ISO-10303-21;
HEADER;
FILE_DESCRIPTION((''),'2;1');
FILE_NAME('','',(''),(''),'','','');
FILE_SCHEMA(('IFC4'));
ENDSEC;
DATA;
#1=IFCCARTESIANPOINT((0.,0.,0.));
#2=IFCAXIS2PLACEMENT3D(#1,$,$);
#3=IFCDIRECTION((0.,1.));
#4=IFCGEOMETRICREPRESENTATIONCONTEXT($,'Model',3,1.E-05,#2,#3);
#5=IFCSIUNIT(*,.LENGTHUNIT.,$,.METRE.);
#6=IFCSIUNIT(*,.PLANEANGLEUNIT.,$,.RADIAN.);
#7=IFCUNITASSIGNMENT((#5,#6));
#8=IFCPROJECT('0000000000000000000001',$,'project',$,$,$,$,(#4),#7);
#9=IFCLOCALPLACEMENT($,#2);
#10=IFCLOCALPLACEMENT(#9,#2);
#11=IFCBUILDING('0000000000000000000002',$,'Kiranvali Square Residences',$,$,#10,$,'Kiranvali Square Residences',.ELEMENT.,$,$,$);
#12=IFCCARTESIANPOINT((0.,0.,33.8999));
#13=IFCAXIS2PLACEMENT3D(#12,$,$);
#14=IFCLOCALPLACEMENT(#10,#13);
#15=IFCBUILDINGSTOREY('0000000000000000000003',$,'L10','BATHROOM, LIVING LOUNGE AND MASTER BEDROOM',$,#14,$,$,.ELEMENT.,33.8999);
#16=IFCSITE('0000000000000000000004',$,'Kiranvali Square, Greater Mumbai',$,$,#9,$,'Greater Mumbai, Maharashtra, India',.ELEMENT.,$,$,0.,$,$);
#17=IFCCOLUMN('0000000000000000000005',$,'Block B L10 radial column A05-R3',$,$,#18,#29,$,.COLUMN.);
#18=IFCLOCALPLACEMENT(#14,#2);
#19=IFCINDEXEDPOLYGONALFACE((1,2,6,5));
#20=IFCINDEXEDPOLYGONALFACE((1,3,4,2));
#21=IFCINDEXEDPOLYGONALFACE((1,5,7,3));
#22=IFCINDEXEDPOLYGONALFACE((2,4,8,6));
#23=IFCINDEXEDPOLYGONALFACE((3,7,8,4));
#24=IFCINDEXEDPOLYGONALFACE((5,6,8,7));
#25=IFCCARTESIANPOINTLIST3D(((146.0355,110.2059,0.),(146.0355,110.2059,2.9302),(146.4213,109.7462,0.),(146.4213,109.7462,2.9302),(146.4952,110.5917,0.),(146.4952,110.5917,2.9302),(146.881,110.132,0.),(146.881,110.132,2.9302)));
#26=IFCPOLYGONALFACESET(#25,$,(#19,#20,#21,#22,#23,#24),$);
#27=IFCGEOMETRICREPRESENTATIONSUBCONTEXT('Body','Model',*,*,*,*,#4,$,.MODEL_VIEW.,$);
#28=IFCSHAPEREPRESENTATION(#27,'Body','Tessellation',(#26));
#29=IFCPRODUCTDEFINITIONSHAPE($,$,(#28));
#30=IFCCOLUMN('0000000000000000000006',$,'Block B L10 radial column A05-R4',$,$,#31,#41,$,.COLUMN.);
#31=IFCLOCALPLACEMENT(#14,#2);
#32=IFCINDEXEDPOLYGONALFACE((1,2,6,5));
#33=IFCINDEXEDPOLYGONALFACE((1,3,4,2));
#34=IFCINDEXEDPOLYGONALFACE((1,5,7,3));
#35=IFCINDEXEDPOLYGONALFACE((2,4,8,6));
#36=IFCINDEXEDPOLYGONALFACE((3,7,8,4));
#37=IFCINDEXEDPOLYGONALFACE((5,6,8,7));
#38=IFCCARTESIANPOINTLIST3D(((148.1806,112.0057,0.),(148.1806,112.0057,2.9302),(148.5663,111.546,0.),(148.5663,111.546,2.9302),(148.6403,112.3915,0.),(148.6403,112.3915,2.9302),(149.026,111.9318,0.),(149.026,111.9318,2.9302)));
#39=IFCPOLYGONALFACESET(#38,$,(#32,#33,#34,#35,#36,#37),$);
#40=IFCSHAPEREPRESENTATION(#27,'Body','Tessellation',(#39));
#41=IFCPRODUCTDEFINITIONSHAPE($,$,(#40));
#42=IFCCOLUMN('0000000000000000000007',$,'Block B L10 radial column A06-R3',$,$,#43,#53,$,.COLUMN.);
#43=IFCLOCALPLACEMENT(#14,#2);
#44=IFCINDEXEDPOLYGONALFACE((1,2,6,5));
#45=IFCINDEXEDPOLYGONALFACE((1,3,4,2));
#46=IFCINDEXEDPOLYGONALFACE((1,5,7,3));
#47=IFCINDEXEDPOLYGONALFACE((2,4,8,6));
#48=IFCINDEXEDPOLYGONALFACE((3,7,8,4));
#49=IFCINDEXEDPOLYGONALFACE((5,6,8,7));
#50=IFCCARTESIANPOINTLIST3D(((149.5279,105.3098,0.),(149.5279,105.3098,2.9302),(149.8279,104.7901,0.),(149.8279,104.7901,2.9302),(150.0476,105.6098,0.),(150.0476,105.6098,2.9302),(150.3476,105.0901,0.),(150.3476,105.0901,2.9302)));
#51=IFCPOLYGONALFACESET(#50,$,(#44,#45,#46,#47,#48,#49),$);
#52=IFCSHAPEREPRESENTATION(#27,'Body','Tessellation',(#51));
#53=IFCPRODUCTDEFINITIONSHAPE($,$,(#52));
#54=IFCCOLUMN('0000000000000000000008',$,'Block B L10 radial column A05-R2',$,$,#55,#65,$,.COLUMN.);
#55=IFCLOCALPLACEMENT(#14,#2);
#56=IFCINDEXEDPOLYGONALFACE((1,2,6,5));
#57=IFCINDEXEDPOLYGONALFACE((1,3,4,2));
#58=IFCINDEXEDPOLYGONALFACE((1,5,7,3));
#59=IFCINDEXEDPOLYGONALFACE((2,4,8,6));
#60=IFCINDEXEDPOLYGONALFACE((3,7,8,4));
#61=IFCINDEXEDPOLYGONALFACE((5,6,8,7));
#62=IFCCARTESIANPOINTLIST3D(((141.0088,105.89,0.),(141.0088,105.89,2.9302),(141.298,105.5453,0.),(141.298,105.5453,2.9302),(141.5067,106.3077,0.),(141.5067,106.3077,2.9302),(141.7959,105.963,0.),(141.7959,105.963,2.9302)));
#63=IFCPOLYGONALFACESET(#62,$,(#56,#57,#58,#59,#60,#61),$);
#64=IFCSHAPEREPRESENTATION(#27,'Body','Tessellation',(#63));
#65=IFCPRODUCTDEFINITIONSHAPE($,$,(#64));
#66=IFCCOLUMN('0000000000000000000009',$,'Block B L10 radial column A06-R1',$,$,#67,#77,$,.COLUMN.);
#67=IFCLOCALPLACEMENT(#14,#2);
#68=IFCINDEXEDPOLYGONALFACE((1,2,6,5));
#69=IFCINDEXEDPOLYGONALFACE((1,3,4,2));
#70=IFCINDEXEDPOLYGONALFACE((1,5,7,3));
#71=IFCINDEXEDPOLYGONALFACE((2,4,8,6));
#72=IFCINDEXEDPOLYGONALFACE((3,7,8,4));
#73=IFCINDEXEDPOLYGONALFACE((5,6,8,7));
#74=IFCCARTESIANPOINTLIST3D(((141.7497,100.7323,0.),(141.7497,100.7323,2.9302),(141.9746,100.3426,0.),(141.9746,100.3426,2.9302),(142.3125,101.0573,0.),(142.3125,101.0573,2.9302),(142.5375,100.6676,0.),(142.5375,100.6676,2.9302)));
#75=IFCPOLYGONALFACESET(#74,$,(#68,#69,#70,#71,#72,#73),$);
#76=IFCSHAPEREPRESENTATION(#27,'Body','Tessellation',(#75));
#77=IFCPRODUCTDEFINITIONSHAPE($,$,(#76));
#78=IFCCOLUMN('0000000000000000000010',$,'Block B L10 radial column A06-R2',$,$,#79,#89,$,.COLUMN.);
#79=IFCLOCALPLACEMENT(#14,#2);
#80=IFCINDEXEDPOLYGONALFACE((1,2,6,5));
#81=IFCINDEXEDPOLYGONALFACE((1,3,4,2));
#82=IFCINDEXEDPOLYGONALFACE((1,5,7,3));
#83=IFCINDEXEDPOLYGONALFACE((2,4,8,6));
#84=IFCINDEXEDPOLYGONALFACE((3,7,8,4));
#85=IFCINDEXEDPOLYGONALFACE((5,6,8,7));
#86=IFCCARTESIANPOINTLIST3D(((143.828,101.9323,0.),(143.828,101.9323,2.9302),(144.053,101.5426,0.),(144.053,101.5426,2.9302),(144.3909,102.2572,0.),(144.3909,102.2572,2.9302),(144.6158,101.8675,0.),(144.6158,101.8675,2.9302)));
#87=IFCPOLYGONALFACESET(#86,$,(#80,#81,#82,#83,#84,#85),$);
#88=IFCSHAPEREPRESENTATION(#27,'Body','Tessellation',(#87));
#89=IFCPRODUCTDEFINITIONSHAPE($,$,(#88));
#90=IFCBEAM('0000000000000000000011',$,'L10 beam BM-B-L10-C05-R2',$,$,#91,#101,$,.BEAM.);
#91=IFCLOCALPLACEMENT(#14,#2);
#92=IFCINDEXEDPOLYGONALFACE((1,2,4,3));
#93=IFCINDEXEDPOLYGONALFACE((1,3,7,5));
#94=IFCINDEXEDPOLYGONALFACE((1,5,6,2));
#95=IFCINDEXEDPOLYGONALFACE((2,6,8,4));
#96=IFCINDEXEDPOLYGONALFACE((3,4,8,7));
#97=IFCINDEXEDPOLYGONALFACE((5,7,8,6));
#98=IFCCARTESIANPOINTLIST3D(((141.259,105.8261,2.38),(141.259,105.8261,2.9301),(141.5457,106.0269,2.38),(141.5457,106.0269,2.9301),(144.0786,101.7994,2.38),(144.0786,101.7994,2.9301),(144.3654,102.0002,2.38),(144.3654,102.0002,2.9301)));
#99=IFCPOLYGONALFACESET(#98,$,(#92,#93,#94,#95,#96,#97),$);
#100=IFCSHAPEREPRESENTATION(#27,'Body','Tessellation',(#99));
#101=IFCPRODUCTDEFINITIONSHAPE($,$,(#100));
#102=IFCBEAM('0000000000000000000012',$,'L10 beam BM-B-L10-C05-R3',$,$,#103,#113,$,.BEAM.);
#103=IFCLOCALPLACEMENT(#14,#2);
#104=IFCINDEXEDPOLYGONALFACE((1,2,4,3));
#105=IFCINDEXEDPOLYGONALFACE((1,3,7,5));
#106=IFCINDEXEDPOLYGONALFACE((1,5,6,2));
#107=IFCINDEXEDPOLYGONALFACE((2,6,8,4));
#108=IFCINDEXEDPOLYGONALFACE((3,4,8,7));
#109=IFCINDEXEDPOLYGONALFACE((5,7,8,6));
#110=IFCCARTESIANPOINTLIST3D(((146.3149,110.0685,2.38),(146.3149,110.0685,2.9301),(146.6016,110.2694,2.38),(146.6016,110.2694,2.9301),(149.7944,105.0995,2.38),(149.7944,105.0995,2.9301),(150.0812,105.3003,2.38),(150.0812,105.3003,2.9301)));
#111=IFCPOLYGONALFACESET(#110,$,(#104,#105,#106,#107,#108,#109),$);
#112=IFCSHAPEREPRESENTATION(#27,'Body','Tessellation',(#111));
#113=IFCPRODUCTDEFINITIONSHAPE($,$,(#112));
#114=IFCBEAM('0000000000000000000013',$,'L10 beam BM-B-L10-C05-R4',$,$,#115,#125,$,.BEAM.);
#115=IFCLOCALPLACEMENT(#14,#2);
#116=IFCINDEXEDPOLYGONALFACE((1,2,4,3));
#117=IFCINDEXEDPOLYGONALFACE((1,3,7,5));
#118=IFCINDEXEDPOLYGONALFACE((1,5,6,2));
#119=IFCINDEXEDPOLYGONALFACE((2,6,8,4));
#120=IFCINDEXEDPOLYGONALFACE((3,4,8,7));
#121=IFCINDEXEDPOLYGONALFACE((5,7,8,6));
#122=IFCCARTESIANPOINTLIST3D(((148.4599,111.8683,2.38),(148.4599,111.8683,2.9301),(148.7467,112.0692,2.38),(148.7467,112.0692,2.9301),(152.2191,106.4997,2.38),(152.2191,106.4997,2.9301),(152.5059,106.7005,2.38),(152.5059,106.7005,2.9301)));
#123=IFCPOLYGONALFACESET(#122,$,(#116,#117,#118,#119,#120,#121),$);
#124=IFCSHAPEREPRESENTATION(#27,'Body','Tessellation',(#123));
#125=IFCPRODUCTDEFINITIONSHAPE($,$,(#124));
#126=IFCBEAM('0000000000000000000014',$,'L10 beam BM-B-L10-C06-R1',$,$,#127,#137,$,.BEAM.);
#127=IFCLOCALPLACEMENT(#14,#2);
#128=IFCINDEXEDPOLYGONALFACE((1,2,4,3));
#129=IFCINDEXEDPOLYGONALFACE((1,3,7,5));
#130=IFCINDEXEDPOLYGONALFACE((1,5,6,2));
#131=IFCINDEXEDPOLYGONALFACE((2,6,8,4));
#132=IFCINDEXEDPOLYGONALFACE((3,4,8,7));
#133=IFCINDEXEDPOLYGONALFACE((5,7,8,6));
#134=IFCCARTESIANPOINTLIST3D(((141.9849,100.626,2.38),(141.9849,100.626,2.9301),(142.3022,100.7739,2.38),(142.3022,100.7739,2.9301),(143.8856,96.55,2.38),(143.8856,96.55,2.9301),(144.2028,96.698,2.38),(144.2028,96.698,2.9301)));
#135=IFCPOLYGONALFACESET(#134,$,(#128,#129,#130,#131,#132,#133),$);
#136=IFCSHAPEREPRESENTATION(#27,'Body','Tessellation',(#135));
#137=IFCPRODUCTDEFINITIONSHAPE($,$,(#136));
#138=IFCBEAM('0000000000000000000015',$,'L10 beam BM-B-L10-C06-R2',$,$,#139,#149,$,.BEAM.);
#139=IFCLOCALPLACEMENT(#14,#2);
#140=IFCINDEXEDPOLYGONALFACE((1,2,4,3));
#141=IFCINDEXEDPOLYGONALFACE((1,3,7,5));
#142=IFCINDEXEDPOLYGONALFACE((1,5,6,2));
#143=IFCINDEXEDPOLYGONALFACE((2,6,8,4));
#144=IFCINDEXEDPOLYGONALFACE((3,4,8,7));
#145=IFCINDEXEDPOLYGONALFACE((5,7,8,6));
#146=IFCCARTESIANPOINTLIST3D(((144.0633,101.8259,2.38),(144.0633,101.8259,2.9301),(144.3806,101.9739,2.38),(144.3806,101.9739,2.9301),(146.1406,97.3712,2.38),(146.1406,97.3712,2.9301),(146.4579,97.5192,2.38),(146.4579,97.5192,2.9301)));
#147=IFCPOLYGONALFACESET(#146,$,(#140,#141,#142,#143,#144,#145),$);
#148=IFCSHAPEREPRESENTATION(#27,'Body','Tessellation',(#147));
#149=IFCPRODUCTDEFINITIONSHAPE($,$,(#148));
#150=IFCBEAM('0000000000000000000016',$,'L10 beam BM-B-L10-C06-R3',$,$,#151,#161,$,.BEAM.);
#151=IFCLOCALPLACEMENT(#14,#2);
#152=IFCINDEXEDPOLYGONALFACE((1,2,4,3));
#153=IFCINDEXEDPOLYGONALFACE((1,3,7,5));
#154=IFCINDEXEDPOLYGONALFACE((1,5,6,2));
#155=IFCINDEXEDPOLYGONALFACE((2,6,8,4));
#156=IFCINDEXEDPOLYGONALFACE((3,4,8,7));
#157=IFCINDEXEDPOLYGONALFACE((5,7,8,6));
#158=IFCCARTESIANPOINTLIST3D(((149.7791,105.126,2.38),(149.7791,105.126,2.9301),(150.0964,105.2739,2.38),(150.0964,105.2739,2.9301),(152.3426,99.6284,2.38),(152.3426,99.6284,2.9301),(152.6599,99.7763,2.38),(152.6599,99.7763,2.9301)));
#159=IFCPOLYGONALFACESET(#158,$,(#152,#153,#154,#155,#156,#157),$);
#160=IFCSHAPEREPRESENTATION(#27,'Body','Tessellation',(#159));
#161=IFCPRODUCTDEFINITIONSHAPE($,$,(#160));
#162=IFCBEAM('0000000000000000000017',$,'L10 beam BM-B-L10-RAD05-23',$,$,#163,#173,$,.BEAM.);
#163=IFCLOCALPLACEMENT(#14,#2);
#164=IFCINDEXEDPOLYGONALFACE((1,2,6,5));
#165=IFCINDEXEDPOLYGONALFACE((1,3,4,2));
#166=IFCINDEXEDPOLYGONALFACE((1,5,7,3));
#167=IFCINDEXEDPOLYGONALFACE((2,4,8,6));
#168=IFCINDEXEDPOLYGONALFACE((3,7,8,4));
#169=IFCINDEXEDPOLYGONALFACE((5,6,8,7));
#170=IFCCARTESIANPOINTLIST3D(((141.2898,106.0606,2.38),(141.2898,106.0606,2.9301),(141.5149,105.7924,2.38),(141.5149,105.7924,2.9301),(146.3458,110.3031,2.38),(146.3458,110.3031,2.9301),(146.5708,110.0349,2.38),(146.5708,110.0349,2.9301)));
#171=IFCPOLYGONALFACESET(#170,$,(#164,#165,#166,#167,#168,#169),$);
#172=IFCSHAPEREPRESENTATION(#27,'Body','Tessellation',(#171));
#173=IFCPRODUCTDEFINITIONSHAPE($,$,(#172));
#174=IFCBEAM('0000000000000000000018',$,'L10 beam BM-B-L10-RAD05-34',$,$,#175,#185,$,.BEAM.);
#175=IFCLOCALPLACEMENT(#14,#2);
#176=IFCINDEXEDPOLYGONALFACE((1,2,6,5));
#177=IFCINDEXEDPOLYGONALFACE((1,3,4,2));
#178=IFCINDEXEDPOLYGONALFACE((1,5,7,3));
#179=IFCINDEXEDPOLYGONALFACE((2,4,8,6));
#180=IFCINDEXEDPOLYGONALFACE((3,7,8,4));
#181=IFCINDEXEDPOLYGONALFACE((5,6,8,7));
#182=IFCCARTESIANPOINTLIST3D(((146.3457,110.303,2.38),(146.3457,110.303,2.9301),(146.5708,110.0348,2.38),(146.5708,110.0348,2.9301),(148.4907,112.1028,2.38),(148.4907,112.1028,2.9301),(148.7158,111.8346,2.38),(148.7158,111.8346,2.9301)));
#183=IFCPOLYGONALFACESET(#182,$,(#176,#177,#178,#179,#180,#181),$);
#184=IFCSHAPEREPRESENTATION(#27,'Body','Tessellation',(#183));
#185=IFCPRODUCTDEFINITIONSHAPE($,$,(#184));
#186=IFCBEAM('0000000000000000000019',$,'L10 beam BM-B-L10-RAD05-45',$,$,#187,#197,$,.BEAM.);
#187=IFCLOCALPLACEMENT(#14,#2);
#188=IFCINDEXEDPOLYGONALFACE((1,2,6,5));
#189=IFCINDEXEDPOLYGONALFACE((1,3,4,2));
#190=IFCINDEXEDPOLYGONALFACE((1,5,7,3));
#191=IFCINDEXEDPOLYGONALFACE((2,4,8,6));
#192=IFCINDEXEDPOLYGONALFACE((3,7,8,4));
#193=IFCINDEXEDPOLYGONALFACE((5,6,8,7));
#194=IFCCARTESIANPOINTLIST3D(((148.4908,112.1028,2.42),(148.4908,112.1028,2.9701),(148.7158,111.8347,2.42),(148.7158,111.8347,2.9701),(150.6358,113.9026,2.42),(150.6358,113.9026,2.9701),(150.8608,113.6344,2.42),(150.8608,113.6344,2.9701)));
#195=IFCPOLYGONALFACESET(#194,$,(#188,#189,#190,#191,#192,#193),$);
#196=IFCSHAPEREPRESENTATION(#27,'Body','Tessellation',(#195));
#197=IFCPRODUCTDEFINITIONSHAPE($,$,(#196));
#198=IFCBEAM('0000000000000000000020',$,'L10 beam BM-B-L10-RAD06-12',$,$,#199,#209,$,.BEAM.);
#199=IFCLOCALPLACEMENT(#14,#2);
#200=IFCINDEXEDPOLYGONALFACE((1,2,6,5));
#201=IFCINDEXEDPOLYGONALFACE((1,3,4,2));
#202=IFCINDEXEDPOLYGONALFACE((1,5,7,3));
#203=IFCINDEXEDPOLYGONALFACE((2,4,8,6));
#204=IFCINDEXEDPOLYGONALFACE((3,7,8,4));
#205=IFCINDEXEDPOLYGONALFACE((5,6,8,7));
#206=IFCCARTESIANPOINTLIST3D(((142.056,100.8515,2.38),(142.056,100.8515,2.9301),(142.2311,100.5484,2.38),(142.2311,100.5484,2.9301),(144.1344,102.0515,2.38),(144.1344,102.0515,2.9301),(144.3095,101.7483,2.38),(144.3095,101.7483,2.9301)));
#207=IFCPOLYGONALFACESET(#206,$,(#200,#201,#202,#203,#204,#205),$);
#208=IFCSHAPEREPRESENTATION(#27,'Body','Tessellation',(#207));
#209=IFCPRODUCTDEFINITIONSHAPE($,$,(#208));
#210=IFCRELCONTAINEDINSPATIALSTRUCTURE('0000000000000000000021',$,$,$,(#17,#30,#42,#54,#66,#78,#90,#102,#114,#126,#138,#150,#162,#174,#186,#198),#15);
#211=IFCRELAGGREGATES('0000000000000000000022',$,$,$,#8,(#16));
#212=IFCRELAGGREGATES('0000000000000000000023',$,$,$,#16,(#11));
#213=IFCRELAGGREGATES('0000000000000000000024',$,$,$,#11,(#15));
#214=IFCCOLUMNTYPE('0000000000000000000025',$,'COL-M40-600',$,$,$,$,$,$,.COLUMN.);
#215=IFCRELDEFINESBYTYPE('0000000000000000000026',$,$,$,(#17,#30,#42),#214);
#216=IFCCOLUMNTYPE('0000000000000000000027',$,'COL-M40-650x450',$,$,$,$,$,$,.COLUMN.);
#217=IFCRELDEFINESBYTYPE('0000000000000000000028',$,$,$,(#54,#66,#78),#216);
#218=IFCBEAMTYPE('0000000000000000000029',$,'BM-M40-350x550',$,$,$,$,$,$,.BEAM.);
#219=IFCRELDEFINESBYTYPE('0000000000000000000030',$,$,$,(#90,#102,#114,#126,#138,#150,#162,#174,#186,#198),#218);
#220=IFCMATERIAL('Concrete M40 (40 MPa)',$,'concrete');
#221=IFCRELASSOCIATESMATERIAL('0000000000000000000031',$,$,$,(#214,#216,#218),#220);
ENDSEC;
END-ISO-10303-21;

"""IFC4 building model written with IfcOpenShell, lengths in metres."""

from ifc_helpers import new_model, si_unit, direction, frame, origin, origin_2d, place, context, subcontext, project, spatial, rectangle, extrude, material, material_profile, profile_set, type_object, element, save


model = new_model("IFC4")

# Units and contexts
model_context = context("Model", 3, precision=1e-05, world=origin(), true_north=direction((0.0, 1.0)))
body_context = subcontext(model_context, "Body", "Model", "MODEL_VIEW")
ifc_project = project(units=[si_unit("LENGTHUNIT", "METRE"), si_unit("PLANEANGLEUNIT", "RADIAN")], contexts=[model_context])

# Site, building, storey
site_placement = place(None, origin())
site = spatial("IfcSite", under=ifc_project, at=site_placement, Name="Kiranvali Square, Greater Mumbai", LongName="Greater Mumbai, Maharashtra, India", CompositionType="ELEMENT", RefElevation=0.0)
building_placement = place(site_placement, origin())
building = spatial("IfcBuilding", under=site, at=building_placement, Name="Kiranvali Square Residences", LongName="Kiranvali Square Residences", CompositionType="ELEMENT")
storey_placement = place(building_placement, frame((0.0, 0.0, 33.8999)))
storey = spatial("IfcBuildingStorey", under=building, at=storey_placement, Name="L10", Description="BATHROOM, LIVING LOUNGE AND MASTER BEDROOM", CompositionType="ELEMENT", Elevation=33.8999)

# Columns
ifc_material_1 = material(Name="Concrete M40 (40 MPa)", Category="concrete")
ifc_material_profile_1 = material_profile(ifc_material_1, rectangle(XDim=0.6001, YDim=0.6001, at=origin_2d()), Name="RC 600x600")
ifc_profile_set_1 = profile_set([ifc_material_profile_1], Name="Concrete M40 (40 MPa)")
column_type_1 = type_object("IfcColumnType", Name="COL-M40-600", PredefinedType="COLUMN", material=ifc_profile_set_1)
for number, where, z_axis, x_axis, name in (
    (1, (146.4583, 110.1689, 0.0), (0.0, 0.0, 1.0), (-0.642788, 0.766044, 0.0), "Block B L10 radial column A05-R3"),
    (2, (148.6033, 111.9688, 0.0), (0.0, 0.0, 1.0), (-0.642788, 0.766044, 0.0), "Block B L10 radial column A05-R4"),
    (3, (149.9377, 105.2, 0.0), (0.0, 0.0, 1.0), (-0.5, 0.866025, 0.0), "Block B L10 radial column A06-R3"),
):
    element("IfcColumn", number, at=place(storey_placement, frame(where, z_axis=z_axis, x_axis=x_axis)), inside=storey, type_object=column_type_1, Name=name, PredefinedType="COLUMN", context=body_context, shape_type="SweptSolid", body=[
        extrude(rectangle(XDim=0.6001, YDim=0.6001, at=origin_2d()), origin(), (0.0, 0.0, 1.0), 2.9302),
    ])
ifc_material_profile_2 = material_profile(ifc_material_1, rectangle(XDim=0.45, YDim=0.6499, at=origin_2d()), Name="RC 650x450")
ifc_profile_set_2 = profile_set([ifc_material_profile_2], Name="Concrete M40 (40 MPa)")
column_type_2 = type_object("IfcColumnType", Name="COL-M40-650x450", PredefinedType="COLUMN", material=ifc_profile_set_2)
for number, where, z_axis, x_axis, name in (
    (4, (141.4023, 105.9265, 0.0), (0.0, 0.0, 1.0), (-0.642788, 0.766044, 0.0), "Block B L10 radial column A05-R2"),
    (5, (142.1436, 100.7, 0.0), (0.0, 0.0, 1.0), (-0.5, 0.866025, 0.0), "Block B L10 radial column A06-R1"),
    (6, (144.2219, 101.8999, 0.0), (0.0, 0.0, 1.0), (-0.5, 0.866025, 0.0), "Block B L10 radial column A06-R2"),
):
    element("IfcColumn", number, at=place(storey_placement, frame(where, z_axis=z_axis, x_axis=x_axis)), inside=storey, type_object=column_type_2, Name=name, PredefinedType="COLUMN", context=body_context, shape_type="SweptSolid", body=[
        extrude(rectangle(XDim=0.45, YDim=0.6499, at=origin_2d()), origin(), (0.0, 0.0, 1.0), 2.9302),
    ])

# Beams
ifc_material_profile_3 = material_profile(ifc_material_1, rectangle(XDim=0.3501, YDim=0.55, at=origin_2d()), Name="RC 350x550")
ifc_profile_set_3 = profile_set([ifc_material_profile_3], Name="Concrete M40 (40 MPa)")
beam_type = type_object("IfcBeamType", Name="BM-M40-350x550", PredefinedType="BEAM", material=ifc_profile_set_3)
beam_1_placement = place(storey_placement, frame((141.4023, 105.9265, 2.655), z_axis=(0.573592, -0.819141, 0.0), x_axis=(0.819141, 0.573592, 0.0)))
element("IfcBeam", 7, at=beam_1_placement, inside=storey, type_object=beam_type, Name="L10 beam BM-B-L10-C05-R2", PredefinedType="BEAM", context=body_context, shape_type="SweptSolid", body=[
    extrude(rectangle(XDim=0.3501, YDim=0.55, at=origin_2d()), origin(), (0.0, 0.0, 1.0), 4.9158),
])
beam_2_placement = place(storey_placement, frame((146.4583, 110.1689, 2.655), z_axis=(0.573595, -0.819139, 0.0), x_axis=(0.819139, 0.573595, 0.0)))
element("IfcBeam", 8, at=beam_2_placement, inside=storey, type_object=beam_type, Name="L10 beam BM-B-L10-C05-R3", PredefinedType="BEAM", context=body_context, shape_type="SweptSolid", body=[
    extrude(rectangle(XDim=0.3501, YDim=0.55, at=origin_2d()), origin(), (0.0, 0.0, 1.0), 6.0662),
])
beam_3_placement = place(storey_placement, frame((148.6033, 111.9688, 2.655), z_axis=(0.573587, -0.819144, 0.0), x_axis=(0.819144, 0.573587, 0.0)))
element("IfcBeam", 9, at=beam_3_placement, inside=storey, type_object=beam_type, Name="L10 beam BM-B-L10-C05-R4", PredefinedType="BEAM", context=body_context, shape_type="SweptSolid", body=[
    extrude(rectangle(XDim=0.3501, YDim=0.55, at=origin_2d()), origin(), (0.0, 0.0, 1.0), 6.554),
])
beam_4_placement = place(storey_placement, frame((142.1436, 100.7, 2.655), z_axis=(0.422618, -0.906308, 0.0), x_axis=(0.906308, 0.422618, 0.0)))
element("IfcBeam", 10, at=beam_4_placement, inside=storey, type_object=beam_type, Name="L10 beam BM-B-L10-C06-R1", PredefinedType="BEAM", context=body_context, shape_type="SweptSolid", body=[
    extrude(rectangle(XDim=0.3501, YDim=0.55, at=origin_2d()), origin(), (0.0, 0.0, 1.0), 4.4973),
])
beam_5_placement = place(storey_placement, frame((144.2219, 101.8999, 2.655), z_axis=(0.42263, -0.906302, 0.0), x_axis=(0.906302, 0.42263, 0.0)))
element("IfcBeam", 11, at=beam_5_placement, inside=storey, type_object=beam_type, Name="L10 beam BM-B-L10-C06-R2", PredefinedType="BEAM", context=body_context, shape_type="SweptSolid", body=[
    extrude(rectangle(XDim=0.3501, YDim=0.55, at=origin_2d()), origin(), (0.0, 0.0, 1.0), 4.9153),
])
beam_6_placement = place(storey_placement, frame((149.9377, 105.2, 2.655), z_axis=(0.422608, -0.906313, 0.0), x_axis=(0.906313, 0.422608, 0.0)))
element("IfcBeam", 12, at=beam_6_placement, inside=storey, type_object=beam_type, Name="L10 beam BM-B-L10-C06-R3", PredefinedType="BEAM", context=body_context, shape_type="SweptSolid", body=[
    extrude(rectangle(XDim=0.3501, YDim=0.55, at=origin_2d()), origin(), (0.0, 0.0, 1.0), 6.0659),
])
beam_7_placement = place(storey_placement, frame((141.4023, 105.9265, 2.655), z_axis=(0.766043, 0.642789, 0.0), x_axis=(-0.642789, 0.766043, 0.0)))
element("IfcBeam", 13, at=beam_7_placement, inside=storey, type_object=beam_type, Name="L10 beam BM-B-L10-RAD05-23", PredefinedType="BEAM", context=body_context, shape_type="SweptSolid", body=[
    extrude(rectangle(XDim=0.3501, YDim=0.55, at=origin_2d()), origin(), (0.0, 0.0, 1.0), 6.6001),
])
for number, where, z_axis, x_axis, name in (
    (14, (146.4583, 110.1689, 2.655), (0.766059, 0.642771, 0.0), (-0.642771, 0.766059, 0.0), "L10 beam BM-B-L10-RAD05-34"),
    (15, (148.6033, 111.9688, 2.6951), (0.766059, 0.642771, 0.0), (-0.642771, 0.766059, 0.0), "L10 beam BM-B-L10-RAD05-45"),
):
    element("IfcBeam", number, at=place(storey_placement, frame(where, z_axis=z_axis, x_axis=x_axis)), inside=storey, type_object=beam_type, Name=name, PredefinedType="BEAM", context=body_context, shape_type="SweptSolid", body=[
        extrude(rectangle(XDim=0.3501, YDim=0.55, at=origin_2d()), origin(), (0.0, 0.0, 1.0), 2.8),
    ])
beam_8_placement = place(storey_placement, frame((142.1436, 100.7, 2.655), z_axis=(0.866025, 0.500001, 0.0), x_axis=(-0.500001, 0.866025, 0.0)))
element("IfcBeam", 16, at=beam_8_placement, inside=storey, type_object=beam_type, Name="L10 beam BM-B-L10-RAD06-12", PredefinedType="BEAM", context=body_context, shape_type="SweptSolid", body=[
    extrude(rectangle(XDim=0.3501, YDim=0.55, at=origin_2d()), origin(), (0.0, 0.0, 1.0), 2.3999),
])

save(model, "model.ifc")
